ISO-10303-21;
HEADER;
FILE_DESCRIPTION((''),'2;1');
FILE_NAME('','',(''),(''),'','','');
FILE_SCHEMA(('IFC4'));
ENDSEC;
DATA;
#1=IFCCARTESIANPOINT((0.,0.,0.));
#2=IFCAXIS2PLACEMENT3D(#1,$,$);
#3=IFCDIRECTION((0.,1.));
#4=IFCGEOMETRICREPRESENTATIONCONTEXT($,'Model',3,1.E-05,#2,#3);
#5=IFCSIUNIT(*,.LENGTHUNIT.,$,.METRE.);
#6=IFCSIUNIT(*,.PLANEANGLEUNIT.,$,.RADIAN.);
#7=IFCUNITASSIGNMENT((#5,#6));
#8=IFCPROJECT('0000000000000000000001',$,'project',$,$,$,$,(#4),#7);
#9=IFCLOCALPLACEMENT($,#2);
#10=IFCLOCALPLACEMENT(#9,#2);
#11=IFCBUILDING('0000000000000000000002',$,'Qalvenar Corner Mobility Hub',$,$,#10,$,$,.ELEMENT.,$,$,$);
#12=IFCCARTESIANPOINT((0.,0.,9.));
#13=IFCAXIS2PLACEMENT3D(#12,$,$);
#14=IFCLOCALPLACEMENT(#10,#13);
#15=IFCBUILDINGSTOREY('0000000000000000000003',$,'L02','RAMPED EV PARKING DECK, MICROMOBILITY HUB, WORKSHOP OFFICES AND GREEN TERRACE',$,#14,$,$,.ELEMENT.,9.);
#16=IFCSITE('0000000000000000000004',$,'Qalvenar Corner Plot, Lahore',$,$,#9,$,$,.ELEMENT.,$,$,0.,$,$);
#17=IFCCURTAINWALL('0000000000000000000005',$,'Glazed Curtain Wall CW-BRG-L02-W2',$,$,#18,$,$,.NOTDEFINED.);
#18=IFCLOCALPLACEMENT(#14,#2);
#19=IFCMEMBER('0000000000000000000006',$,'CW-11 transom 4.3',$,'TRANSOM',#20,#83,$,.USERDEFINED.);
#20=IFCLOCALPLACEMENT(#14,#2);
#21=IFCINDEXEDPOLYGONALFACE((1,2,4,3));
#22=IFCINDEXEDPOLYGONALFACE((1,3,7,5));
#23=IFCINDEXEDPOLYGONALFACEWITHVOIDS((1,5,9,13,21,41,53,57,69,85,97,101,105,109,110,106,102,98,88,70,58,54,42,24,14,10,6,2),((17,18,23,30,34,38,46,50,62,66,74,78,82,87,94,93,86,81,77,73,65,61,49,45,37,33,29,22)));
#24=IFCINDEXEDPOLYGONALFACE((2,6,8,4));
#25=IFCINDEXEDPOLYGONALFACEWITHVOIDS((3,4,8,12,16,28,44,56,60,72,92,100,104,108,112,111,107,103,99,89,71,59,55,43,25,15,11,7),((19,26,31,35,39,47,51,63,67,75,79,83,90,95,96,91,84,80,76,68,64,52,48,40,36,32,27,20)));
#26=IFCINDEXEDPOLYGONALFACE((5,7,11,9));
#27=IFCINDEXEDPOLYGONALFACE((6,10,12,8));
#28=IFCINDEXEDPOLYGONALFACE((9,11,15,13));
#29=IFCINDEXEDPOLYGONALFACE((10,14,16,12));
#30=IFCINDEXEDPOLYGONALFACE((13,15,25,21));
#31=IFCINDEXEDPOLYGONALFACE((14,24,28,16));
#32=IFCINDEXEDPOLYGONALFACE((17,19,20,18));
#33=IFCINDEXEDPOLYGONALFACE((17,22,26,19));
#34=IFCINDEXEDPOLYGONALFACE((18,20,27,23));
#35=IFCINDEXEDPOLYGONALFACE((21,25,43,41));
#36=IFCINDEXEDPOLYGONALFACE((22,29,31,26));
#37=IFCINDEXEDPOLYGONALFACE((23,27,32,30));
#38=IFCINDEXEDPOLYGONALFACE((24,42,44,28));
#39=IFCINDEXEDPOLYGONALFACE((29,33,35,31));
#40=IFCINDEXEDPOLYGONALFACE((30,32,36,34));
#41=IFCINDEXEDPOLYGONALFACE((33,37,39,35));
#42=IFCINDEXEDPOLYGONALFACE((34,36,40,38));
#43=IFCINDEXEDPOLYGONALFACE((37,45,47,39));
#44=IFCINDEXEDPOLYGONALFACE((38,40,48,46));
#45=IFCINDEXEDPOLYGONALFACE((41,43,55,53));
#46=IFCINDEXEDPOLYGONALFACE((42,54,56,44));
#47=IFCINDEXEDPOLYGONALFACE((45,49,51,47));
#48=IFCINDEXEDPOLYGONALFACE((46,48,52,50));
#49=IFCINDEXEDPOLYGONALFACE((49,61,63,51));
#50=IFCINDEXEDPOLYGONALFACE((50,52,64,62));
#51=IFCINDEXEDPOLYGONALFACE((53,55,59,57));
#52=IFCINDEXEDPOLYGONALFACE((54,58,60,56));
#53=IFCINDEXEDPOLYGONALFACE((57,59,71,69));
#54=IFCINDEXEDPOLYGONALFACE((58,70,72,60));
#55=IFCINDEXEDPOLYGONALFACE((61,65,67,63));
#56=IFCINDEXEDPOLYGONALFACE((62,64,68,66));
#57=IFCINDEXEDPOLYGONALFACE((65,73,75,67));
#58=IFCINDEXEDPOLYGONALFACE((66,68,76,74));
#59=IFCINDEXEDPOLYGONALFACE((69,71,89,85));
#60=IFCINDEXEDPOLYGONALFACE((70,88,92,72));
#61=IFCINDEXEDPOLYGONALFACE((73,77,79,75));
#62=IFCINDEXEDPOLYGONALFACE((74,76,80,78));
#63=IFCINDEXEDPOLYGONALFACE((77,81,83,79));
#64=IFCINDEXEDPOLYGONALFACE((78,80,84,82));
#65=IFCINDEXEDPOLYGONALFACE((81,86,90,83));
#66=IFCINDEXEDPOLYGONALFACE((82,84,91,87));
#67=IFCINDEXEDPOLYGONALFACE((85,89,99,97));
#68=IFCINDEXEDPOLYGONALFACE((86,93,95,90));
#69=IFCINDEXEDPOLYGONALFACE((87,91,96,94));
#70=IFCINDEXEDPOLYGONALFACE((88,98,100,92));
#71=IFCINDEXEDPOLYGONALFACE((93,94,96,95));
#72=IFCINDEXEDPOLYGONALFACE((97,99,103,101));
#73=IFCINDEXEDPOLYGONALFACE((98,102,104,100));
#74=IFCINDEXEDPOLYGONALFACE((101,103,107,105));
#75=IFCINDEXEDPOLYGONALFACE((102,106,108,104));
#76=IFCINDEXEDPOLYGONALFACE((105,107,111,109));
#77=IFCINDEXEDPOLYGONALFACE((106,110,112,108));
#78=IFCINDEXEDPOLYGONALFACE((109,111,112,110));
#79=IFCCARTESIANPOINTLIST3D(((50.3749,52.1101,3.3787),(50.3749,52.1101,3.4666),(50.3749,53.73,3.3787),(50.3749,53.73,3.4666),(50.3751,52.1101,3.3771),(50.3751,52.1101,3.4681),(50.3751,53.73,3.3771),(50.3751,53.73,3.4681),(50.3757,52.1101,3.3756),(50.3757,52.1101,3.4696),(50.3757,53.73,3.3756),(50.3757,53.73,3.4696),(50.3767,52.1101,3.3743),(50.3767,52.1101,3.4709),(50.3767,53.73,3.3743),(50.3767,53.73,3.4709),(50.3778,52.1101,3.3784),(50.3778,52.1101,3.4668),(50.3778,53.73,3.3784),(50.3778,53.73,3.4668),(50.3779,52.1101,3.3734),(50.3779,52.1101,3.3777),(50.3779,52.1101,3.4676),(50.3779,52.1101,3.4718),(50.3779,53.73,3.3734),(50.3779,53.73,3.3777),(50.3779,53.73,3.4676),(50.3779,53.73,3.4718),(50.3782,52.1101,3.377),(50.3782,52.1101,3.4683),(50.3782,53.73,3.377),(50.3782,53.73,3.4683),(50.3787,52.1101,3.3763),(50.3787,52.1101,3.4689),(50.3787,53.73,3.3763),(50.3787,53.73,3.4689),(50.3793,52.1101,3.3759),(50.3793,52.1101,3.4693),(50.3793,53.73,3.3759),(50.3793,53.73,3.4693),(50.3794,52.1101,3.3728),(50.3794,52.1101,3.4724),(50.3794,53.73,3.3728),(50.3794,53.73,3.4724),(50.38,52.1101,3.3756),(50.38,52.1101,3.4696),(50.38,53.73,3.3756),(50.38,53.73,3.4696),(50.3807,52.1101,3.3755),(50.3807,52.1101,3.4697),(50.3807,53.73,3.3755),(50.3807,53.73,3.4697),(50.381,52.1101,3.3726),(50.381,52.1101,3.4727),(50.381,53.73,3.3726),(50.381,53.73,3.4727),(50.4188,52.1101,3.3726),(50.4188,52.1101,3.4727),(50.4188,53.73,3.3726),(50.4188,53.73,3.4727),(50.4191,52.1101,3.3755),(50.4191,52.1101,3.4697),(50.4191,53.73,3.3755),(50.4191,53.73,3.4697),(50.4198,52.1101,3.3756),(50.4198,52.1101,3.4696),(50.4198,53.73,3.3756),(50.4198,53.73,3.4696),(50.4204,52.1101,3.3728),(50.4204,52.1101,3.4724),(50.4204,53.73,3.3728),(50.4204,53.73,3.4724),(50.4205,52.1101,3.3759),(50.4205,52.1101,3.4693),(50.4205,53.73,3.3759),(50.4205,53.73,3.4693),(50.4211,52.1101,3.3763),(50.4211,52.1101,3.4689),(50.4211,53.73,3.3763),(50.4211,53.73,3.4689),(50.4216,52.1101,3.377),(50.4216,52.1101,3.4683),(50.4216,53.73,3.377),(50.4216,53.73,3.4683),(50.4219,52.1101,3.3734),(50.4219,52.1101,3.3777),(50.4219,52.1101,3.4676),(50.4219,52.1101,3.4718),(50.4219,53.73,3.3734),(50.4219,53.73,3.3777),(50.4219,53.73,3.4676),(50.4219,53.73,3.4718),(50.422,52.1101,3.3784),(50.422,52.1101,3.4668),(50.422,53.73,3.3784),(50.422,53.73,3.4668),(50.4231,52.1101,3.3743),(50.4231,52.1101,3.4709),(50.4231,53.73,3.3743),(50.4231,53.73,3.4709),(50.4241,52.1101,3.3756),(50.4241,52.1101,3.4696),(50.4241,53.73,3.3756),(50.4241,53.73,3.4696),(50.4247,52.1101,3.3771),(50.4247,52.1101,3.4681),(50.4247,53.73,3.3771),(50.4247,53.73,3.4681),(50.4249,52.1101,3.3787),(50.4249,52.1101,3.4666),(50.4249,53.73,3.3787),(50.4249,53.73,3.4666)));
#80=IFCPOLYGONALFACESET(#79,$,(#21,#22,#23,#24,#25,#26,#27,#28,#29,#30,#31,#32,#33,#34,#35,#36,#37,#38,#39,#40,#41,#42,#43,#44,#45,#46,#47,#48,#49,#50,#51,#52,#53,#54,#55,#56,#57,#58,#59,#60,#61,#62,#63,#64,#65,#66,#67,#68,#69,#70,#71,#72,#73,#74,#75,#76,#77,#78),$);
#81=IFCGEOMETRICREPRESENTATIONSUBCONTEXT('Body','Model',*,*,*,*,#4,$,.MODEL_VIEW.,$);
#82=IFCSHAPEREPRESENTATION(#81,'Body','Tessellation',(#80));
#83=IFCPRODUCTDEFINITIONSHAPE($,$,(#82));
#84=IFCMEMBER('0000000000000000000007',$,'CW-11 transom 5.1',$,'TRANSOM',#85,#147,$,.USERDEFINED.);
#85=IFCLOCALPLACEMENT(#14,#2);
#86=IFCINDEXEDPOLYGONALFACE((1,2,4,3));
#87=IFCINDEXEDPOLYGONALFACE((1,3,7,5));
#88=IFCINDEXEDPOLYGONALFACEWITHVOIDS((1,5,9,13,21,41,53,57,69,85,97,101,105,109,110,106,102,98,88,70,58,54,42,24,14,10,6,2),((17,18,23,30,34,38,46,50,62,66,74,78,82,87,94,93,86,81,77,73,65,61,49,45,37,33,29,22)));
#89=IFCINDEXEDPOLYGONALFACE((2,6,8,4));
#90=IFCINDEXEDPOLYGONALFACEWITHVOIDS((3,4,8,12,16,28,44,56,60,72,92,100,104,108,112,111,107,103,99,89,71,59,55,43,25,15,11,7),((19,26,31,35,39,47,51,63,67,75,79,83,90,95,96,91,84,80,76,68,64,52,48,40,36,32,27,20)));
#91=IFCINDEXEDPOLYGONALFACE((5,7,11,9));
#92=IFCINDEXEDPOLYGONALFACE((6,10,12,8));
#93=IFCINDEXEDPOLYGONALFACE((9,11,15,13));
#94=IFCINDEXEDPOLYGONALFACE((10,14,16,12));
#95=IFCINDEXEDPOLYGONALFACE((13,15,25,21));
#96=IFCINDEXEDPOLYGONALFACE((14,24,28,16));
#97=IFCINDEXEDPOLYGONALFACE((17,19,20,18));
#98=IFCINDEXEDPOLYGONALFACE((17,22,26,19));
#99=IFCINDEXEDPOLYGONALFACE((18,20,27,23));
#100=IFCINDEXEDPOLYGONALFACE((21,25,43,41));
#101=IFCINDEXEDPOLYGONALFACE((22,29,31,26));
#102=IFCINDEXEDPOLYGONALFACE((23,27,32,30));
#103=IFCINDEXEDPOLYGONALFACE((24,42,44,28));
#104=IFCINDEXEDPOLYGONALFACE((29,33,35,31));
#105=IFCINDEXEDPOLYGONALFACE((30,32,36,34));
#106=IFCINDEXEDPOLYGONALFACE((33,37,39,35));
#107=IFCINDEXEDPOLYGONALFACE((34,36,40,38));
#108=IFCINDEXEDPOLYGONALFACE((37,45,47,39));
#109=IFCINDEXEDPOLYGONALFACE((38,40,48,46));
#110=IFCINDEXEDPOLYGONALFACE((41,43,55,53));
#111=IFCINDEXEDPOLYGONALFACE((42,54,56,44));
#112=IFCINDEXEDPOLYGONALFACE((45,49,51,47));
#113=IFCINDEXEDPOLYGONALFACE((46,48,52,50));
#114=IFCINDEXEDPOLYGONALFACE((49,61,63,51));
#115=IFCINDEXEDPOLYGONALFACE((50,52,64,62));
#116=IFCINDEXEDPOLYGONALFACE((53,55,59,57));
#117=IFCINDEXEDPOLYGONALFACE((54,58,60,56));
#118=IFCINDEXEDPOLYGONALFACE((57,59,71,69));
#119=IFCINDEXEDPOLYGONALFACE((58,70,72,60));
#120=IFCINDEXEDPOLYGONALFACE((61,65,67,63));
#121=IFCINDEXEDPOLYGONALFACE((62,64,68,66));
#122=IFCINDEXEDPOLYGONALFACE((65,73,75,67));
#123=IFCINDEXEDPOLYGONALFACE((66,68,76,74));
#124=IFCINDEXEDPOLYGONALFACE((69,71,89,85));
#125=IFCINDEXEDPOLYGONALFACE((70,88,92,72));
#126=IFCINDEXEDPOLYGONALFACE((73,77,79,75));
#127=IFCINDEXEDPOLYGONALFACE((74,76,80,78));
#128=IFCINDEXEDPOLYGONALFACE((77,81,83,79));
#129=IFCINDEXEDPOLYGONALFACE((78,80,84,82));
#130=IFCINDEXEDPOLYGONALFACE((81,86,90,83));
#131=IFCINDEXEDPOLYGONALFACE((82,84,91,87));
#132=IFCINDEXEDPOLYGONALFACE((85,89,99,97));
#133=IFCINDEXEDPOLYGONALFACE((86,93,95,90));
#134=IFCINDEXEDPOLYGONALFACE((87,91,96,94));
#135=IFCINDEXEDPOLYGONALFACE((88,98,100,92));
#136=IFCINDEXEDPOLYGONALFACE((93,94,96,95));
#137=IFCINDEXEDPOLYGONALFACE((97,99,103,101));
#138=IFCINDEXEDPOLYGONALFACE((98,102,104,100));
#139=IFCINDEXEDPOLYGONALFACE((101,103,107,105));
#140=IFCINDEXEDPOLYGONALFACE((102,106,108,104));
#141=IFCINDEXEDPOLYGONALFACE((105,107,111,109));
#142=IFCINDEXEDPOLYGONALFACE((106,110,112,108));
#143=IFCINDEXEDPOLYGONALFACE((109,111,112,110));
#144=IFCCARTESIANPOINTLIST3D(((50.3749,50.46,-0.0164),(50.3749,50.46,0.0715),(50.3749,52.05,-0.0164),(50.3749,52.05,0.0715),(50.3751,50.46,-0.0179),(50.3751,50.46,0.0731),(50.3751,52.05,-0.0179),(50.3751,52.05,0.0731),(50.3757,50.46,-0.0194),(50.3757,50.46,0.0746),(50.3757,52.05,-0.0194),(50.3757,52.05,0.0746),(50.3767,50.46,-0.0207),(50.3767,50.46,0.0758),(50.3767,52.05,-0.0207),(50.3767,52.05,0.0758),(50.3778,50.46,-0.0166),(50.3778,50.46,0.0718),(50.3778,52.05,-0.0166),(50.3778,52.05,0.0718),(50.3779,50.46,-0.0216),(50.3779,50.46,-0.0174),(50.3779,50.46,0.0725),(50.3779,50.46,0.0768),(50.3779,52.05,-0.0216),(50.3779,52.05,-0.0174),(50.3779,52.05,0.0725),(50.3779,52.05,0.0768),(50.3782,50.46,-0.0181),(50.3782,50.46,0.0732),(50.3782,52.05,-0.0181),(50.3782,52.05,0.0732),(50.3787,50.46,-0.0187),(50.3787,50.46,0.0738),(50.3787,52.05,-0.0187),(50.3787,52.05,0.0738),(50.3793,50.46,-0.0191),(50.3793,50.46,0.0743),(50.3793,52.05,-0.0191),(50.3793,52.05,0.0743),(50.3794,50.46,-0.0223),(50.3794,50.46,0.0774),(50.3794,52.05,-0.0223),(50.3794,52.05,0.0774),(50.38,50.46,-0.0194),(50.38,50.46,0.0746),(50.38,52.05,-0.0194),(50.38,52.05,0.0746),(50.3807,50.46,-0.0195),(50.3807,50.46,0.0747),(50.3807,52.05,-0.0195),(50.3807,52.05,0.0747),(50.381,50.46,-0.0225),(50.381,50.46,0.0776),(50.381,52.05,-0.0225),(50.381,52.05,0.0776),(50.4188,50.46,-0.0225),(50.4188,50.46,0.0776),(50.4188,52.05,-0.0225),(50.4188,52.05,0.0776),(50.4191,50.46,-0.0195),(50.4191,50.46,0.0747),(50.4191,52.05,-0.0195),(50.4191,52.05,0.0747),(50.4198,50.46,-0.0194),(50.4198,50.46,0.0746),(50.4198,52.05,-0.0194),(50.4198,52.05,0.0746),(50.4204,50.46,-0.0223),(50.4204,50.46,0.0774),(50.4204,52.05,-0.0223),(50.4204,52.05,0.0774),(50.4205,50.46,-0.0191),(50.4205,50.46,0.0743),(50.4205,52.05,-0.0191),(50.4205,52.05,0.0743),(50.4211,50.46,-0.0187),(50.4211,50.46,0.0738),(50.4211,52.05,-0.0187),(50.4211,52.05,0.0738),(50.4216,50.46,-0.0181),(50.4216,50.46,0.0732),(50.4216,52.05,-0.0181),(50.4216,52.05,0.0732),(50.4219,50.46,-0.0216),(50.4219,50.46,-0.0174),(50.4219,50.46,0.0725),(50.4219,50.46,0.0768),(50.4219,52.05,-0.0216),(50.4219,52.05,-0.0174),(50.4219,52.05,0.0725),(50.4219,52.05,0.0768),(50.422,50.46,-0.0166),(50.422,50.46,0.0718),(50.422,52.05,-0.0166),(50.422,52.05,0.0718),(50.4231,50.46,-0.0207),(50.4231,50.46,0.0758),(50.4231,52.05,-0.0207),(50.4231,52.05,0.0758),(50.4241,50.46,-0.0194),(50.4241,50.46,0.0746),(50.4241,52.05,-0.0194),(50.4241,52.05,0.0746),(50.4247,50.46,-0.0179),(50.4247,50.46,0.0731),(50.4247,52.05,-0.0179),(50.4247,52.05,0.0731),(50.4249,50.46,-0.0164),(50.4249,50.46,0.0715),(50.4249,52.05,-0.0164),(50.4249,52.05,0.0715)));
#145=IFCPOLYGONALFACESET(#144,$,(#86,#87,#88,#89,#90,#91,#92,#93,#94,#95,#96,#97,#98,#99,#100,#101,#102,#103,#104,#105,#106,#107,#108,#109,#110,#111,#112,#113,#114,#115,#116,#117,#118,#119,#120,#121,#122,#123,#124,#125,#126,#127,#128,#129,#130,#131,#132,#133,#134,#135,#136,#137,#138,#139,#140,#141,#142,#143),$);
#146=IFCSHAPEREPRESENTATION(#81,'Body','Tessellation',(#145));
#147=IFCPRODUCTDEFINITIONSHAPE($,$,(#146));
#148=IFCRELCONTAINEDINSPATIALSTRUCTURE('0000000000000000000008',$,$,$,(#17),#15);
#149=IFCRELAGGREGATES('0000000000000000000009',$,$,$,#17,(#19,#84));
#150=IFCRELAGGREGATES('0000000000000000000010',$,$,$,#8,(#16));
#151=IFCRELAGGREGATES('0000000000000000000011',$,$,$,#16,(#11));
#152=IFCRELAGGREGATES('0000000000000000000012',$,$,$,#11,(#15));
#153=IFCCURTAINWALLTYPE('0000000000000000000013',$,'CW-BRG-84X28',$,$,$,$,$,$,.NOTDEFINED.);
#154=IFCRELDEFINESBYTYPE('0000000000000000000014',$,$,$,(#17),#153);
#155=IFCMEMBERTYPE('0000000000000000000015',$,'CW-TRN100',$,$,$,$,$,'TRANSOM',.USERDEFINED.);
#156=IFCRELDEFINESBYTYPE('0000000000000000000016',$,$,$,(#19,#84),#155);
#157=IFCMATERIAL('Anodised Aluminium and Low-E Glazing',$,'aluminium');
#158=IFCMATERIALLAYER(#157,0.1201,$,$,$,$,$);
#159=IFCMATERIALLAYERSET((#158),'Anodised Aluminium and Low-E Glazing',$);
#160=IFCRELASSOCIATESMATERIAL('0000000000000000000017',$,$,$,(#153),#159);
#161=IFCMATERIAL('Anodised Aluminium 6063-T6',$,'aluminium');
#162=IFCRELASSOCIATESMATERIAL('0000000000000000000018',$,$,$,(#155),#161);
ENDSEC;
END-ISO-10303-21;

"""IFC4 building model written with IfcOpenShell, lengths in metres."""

from ifc_helpers import new_model, si_unit, direction, frame, origin, origin_2d, place, context, subcontext, project, spatial, hollow_rectangle, extrude, material, layer, layer_set, material_profile, profile_set, type_object, element, aggregate, save


model = new_model("IFC4")

# Units and contexts
model_context = context("Model", 3, precision=1e-05, world=origin(), true_north=direction((0.0, 1.0)))
body_context = subcontext(model_context, "Body", "Model", "MODEL_VIEW")
ifc_project = project(units=[si_unit("LENGTHUNIT", "METRE"), si_unit("PLANEANGLEUNIT", "RADIAN")], contexts=[model_context])

# Site, building, storey
site_placement = place(None, origin())
site = spatial("IfcSite", under=ifc_project, at=site_placement, Name="Qalvenar Corner Plot, Lahore", CompositionType="ELEMENT", RefElevation=0.0)
building_placement = place(site_placement, origin())
building = spatial("IfcBuilding", under=site, at=building_placement, Name="Qalvenar Corner Mobility Hub", CompositionType="ELEMENT")
storey_placement = place(building_placement, frame((0.0, 0.0, 9.0)))
storey = spatial("IfcBuildingStorey", under=building, at=storey_placement, Name="L02", Description="RAMPED EV PARKING DECK, MICROMOBILITY HUB, WORKSHOP OFFICES AND GREEN TERRACE", CompositionType="ELEMENT", Elevation=9.0)

# Curtain wall, members
ifc_material_1 = material(Name="Anodised Aluminium and Low-E Glazing", Category="aluminium")
ifc_layer_1 = layer(ifc_material_1, 0.1201)
ifc_layer_set_1 = layer_set([ifc_layer_1], Name="Anodised Aluminium and Low-E Glazing")
curtain_wall_type = type_object("IfcCurtainWallType", Name="CW-BRG-84X28", PredefinedType="NOTDEFINED", material=ifc_layer_set_1)
curtain_wall_placement = place(storey_placement, origin())
curtain_wall = element("IfcCurtainWall", 1, at=curtain_wall_placement, inside=storey, type_object=curtain_wall_type, Name="Glazed Curtain Wall CW-BRG-L02-W2", PredefinedType="NOTDEFINED")
ifc_material_2 = material(Name="Anodised Aluminium 6063-T6", Category="aluminium")
ifc_material_profile_1 = material_profile(ifc_material_2, hollow_rectangle(XDim=0.05, YDim=0.1001, WallThickness=0.0029, InnerFilletRadius=0.0029, OuterFilletRadius=0.0061, at=origin_2d()), Name="RHS100x50x3")
ifc_profile_set_1 = profile_set([ifc_material_profile_1], Name="Anodised Aluminium 6063-T6")
member_type_1 = type_object("IfcMemberType", Name="CW-TRN100", ElementType="TRANSOM", PredefinedType="USERDEFINED", material=ifc_profile_set_1)
member_1_placement = place(storey_placement, frame((50.3999, 53.73, 3.4226), z_axis=(0.0, -1.0, 0.0), x_axis=(1.0, 0.0, 0.0)))
member_1 = element("IfcMember", 2, at=member_1_placement, type_object=member_type_1, Name="CW-11 transom 4.3", ObjectType="TRANSOM", PredefinedType="USERDEFINED", context=body_context, shape_type="SweptSolid", body=[
    extrude(hollow_rectangle(XDim=0.05, YDim=0.1001, WallThickness=0.0029, InnerFilletRadius=0.0029, OuterFilletRadius=0.0061, at=origin_2d()), origin(), (0.0, 0.0, 1.0), 1.6199),
])
member_2_placement = place(storey_placement, frame((50.3999, 52.05, 0.0276), z_axis=(0.0, -1.0, 0.0), x_axis=(1.0, 0.0, 0.0)))
member_2 = element("IfcMember", 3, at=member_2_placement, type_object=member_type_1, Name="CW-11 transom 5.1", ObjectType="TRANSOM", PredefinedType="USERDEFINED", context=body_context, shape_type="SweptSolid", body=[
    extrude(hollow_rectangle(XDim=0.05, YDim=0.1001, WallThickness=0.0029, InnerFilletRadius=0.0029, OuterFilletRadius=0.0061, at=origin_2d()), origin(), (0.0, 0.0, 1.0), 1.5901),
])

aggregate(curtain_wall, [member_1, member_2])

save(model, "model.ifc")
